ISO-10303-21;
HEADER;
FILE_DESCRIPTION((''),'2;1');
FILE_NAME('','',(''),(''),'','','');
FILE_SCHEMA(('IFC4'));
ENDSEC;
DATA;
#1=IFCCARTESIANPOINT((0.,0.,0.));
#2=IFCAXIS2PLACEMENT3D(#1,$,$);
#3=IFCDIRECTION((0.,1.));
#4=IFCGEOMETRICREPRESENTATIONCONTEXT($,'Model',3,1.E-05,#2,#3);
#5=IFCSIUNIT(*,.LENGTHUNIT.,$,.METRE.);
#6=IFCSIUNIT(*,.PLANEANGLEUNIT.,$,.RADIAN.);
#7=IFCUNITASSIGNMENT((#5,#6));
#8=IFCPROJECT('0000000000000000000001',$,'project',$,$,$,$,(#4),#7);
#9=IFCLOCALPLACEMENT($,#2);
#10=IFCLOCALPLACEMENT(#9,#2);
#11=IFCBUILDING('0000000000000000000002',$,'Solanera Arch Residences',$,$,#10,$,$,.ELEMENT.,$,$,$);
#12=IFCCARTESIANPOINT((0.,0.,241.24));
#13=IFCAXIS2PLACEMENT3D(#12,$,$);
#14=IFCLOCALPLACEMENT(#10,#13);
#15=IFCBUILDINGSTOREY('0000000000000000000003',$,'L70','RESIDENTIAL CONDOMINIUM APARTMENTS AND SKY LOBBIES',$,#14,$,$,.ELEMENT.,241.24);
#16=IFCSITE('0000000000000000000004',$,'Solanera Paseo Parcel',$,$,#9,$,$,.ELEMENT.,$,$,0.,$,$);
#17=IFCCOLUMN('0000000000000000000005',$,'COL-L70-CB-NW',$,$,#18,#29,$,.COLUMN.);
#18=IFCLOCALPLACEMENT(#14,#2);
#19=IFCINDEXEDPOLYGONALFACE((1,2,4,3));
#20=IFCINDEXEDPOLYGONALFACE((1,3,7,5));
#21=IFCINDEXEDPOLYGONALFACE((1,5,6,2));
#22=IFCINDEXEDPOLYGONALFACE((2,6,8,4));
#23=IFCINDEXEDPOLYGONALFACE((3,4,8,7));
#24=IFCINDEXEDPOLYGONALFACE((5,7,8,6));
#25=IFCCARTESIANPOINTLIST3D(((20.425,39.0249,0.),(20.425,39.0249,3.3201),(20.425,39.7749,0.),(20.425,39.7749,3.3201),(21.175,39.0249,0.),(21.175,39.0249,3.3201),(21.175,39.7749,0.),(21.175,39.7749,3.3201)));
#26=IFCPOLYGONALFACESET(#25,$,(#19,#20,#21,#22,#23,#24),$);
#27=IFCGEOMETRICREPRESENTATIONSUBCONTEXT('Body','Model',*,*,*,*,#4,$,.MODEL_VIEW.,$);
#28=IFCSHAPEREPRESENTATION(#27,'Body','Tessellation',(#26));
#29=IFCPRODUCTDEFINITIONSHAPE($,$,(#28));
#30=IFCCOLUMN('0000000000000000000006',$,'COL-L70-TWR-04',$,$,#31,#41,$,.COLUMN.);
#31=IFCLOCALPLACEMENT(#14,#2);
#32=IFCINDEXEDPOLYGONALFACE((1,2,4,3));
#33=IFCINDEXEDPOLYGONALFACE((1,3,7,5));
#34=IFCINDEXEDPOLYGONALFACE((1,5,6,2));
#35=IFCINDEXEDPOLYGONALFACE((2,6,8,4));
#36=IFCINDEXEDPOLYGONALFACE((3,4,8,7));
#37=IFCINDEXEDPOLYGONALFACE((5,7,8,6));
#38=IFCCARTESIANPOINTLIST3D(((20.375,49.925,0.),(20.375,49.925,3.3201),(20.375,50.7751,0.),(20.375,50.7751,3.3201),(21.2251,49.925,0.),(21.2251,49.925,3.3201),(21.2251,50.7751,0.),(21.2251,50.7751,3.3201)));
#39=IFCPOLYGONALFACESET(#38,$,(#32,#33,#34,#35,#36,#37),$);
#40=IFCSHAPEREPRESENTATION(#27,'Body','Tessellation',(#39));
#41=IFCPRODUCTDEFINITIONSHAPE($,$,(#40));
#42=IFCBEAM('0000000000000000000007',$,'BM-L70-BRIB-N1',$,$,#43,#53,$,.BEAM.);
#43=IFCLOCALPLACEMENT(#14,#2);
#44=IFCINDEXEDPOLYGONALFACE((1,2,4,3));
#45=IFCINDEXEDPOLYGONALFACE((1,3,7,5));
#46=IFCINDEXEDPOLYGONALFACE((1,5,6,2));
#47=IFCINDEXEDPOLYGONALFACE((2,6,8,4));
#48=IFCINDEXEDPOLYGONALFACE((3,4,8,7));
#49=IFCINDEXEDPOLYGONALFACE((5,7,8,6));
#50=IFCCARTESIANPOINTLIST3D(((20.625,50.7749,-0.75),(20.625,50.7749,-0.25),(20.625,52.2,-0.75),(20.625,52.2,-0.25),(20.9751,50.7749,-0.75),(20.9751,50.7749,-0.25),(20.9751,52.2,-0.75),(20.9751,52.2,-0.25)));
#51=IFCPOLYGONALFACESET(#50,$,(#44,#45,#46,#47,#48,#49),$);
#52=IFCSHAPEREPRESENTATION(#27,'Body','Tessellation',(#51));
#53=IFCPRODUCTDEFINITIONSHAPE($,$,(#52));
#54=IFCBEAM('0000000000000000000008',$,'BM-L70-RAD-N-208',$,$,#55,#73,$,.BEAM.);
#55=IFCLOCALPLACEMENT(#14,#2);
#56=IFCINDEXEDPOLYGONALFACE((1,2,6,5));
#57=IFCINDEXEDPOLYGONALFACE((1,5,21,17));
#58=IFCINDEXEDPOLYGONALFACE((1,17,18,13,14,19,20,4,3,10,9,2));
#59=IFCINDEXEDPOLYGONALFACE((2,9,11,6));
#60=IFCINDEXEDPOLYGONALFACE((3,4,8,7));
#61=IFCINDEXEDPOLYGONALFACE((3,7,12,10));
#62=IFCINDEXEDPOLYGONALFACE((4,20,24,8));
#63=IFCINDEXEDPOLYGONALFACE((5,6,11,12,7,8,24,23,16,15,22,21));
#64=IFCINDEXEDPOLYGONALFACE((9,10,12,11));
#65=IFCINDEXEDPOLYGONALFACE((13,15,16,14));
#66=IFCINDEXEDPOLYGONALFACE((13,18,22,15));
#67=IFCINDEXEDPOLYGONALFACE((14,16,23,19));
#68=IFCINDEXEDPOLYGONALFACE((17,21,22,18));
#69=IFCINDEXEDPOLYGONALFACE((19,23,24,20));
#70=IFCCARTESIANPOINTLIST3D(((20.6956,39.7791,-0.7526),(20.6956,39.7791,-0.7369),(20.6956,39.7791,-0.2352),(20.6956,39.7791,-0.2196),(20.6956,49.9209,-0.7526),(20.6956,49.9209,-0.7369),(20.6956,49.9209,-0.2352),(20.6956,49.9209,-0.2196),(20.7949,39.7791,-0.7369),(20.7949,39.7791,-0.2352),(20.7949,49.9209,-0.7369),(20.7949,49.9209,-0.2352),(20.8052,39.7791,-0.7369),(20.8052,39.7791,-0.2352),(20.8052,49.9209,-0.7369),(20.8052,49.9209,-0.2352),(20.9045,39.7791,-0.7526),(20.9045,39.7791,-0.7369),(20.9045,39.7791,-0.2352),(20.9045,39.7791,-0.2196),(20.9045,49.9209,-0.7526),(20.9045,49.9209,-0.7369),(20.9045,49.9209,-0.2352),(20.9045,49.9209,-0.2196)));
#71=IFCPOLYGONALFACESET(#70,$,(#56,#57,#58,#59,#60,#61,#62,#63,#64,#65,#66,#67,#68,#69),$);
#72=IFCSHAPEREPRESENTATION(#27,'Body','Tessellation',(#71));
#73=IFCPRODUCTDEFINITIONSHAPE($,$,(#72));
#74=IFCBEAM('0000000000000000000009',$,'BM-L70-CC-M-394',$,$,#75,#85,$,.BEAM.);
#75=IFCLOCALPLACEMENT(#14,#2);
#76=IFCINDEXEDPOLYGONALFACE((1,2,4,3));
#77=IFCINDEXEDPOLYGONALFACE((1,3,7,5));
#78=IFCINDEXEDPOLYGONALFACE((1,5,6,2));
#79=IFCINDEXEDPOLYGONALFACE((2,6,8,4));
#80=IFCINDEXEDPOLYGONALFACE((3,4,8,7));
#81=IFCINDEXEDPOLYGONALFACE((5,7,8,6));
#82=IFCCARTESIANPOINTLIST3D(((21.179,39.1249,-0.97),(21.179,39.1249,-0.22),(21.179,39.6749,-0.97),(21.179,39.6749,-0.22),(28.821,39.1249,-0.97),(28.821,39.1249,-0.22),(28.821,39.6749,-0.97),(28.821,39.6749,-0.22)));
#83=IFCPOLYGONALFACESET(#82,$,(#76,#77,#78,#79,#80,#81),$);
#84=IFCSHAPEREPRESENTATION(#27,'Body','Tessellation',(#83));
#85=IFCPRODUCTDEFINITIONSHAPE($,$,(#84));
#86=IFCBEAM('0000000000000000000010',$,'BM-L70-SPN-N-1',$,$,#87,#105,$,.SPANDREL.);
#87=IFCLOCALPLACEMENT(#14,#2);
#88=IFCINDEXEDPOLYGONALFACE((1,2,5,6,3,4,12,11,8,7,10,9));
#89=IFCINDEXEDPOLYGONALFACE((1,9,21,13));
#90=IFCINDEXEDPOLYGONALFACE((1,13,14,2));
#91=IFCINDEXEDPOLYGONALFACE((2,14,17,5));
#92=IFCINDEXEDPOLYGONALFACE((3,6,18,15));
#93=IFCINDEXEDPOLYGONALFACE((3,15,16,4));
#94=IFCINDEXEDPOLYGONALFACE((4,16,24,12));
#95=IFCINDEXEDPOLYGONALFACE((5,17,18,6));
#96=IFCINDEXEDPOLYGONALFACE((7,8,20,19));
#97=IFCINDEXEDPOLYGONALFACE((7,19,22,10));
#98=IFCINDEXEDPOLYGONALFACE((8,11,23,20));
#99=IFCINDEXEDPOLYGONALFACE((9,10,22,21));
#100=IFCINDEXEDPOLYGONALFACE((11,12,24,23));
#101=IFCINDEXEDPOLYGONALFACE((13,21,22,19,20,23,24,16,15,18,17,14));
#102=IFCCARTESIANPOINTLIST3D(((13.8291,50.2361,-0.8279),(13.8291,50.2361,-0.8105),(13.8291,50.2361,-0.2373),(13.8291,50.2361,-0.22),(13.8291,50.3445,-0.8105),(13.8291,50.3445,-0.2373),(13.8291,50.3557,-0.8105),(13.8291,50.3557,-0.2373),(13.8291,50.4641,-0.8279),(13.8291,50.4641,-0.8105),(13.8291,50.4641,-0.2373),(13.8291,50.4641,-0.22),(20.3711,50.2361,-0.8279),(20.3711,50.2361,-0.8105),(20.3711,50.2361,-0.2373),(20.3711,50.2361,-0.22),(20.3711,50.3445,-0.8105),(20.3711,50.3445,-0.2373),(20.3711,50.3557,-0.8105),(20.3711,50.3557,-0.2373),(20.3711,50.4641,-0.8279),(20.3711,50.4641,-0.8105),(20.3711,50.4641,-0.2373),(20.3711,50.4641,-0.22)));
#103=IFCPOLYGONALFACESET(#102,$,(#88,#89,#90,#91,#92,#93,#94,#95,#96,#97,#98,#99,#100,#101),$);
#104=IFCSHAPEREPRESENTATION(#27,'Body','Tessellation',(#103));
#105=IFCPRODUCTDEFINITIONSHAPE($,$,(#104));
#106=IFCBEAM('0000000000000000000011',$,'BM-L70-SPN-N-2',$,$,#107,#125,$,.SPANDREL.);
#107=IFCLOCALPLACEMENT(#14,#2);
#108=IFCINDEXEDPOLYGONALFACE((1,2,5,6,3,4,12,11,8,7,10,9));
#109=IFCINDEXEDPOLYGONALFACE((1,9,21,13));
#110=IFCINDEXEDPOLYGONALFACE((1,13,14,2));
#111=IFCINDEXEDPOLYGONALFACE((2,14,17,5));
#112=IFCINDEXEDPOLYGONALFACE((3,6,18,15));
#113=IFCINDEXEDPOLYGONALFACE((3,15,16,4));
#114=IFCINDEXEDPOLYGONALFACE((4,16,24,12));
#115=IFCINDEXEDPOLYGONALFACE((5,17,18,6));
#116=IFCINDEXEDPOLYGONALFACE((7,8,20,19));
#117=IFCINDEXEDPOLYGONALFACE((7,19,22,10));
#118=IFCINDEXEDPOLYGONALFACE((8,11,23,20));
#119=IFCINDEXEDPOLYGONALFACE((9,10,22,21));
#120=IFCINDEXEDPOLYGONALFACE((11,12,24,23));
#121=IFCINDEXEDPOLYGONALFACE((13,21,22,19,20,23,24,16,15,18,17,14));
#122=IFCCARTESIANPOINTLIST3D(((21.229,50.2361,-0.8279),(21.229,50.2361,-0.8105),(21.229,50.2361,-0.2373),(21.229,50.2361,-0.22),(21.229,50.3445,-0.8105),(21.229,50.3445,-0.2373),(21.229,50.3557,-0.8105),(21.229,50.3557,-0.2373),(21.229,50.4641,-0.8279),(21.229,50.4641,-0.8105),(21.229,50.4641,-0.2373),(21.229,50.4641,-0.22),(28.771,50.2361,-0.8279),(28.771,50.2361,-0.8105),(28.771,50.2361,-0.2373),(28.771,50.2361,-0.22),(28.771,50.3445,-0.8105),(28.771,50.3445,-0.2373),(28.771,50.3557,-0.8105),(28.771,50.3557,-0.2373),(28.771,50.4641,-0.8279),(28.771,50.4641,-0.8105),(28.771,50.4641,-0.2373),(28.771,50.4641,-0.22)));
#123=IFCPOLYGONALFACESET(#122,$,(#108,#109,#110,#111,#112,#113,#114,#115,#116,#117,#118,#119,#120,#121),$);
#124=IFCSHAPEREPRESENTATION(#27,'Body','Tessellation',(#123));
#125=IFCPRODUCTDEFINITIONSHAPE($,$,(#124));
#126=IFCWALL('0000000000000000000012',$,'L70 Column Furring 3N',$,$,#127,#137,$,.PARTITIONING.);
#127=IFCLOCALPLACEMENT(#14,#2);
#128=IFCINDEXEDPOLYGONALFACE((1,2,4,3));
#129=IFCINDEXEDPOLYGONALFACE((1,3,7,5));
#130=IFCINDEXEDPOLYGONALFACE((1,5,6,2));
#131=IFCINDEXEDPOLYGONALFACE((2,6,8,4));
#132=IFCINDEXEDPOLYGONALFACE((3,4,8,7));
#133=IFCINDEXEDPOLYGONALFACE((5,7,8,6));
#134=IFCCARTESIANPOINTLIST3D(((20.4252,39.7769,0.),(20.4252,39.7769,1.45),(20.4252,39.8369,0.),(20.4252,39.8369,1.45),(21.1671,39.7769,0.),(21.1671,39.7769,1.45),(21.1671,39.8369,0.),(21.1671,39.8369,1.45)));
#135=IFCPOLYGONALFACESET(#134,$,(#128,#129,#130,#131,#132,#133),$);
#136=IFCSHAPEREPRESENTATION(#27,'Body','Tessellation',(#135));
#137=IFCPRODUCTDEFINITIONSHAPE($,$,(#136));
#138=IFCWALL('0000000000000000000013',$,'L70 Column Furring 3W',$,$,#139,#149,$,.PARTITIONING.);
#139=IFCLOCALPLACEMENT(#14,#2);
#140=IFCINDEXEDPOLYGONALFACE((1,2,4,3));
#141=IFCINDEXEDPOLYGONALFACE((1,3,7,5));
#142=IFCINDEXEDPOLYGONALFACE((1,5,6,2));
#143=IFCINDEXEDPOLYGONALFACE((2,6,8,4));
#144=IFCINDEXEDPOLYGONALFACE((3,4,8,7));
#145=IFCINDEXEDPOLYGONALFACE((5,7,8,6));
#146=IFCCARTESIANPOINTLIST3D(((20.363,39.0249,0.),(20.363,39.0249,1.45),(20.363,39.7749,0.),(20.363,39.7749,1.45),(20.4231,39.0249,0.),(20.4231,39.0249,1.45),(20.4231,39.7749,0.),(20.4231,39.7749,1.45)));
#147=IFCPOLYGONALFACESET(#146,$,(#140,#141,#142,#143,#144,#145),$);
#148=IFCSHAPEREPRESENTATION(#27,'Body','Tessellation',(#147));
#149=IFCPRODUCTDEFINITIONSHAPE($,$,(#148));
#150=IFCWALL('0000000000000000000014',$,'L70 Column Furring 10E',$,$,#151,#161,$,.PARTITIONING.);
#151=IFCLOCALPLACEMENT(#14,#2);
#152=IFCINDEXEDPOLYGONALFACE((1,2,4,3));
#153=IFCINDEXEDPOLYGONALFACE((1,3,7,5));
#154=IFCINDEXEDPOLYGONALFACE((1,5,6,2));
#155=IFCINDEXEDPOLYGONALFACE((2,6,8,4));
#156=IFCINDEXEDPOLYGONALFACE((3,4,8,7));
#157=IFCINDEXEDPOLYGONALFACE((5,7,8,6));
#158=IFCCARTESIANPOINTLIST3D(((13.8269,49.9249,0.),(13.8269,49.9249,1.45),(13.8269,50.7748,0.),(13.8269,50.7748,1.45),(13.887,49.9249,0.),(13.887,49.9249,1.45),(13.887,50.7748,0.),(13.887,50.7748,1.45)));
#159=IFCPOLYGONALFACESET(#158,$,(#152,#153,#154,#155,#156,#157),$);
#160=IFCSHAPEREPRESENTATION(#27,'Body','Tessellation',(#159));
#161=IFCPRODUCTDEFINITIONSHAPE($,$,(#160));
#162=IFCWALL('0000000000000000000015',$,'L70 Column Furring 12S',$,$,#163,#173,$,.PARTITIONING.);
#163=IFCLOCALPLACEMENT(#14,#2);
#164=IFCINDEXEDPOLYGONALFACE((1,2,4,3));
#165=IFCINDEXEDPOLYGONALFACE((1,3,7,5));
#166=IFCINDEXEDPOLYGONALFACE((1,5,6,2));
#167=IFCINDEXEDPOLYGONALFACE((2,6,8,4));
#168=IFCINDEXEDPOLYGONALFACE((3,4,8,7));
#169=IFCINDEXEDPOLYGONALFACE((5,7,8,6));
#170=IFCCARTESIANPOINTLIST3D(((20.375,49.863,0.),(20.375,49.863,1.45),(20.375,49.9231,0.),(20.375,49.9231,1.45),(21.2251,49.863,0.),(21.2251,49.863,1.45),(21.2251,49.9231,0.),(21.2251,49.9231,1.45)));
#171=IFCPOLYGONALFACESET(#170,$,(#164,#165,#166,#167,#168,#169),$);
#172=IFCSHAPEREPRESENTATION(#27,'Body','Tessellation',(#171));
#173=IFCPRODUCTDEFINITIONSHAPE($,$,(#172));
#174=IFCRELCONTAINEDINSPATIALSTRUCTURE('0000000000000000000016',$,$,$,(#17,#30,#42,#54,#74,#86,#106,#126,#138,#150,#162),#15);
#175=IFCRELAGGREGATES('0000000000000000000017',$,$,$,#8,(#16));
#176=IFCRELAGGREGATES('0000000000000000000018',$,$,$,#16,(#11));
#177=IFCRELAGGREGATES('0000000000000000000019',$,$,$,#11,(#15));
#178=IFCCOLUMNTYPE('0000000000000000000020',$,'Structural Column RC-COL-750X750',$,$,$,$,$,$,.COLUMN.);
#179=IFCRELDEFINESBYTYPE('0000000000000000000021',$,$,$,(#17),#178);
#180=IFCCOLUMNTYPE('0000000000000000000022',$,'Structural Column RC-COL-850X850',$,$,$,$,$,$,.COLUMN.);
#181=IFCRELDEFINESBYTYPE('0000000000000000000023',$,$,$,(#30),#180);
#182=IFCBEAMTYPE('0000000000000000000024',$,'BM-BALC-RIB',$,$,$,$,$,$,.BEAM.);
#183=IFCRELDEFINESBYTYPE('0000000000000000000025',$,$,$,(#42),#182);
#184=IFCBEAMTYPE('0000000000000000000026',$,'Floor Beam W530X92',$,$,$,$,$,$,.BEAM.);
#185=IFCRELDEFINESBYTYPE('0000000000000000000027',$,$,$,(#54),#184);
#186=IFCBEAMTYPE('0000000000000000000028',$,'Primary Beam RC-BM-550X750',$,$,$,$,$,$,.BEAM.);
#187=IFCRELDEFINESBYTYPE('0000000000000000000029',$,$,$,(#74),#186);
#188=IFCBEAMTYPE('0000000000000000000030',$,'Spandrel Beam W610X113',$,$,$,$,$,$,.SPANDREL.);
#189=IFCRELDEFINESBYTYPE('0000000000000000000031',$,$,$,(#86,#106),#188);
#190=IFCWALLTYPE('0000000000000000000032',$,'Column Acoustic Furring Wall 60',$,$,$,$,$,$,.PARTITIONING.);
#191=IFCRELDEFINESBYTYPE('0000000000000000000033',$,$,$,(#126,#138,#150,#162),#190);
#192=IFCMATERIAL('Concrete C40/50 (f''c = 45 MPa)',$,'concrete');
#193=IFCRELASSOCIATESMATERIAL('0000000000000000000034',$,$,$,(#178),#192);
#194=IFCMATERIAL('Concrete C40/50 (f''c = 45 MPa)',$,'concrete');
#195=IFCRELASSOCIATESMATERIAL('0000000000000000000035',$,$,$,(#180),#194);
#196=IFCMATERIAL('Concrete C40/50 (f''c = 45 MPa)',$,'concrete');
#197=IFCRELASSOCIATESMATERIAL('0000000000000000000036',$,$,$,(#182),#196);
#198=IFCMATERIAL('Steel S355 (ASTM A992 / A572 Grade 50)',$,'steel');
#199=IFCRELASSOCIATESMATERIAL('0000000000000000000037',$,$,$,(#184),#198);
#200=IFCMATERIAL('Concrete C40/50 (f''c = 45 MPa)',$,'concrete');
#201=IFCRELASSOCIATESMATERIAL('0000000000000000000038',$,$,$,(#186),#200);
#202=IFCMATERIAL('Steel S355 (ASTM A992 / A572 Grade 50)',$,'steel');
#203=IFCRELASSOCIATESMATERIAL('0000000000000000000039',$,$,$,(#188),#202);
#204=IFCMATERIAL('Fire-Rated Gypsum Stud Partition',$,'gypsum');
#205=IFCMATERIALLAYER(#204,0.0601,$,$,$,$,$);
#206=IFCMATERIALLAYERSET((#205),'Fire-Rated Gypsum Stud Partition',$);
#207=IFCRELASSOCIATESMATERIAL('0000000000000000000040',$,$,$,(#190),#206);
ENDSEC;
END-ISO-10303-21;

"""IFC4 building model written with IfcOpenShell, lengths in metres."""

from ifc_helpers import new_model, si_unit, direction, frame, frame_2d, origin, origin_2d, place, context, subcontext, project, spatial, rectangle, i_section, extrude, material, layer, layer_set, material_profile, profile_set, type_object, element, save


model = new_model("IFC4")

# Units and contexts
model_context = context("Model", 3, precision=1e-05, world=origin(), true_north=direction((0.0, 1.0)))
body_context = subcontext(model_context, "Body", "Model", "MODEL_VIEW")
ifc_project = project(units=[si_unit("LENGTHUNIT", "METRE"), si_unit("PLANEANGLEUNIT", "RADIAN")], contexts=[model_context])

# Site, building, storey
site_placement = place(None, origin())
site = spatial("IfcSite", under=ifc_project, at=site_placement, Name="Solanera Paseo Parcel", CompositionType="ELEMENT", RefElevation=0.0)
building_placement = place(site_placement, origin())
building = spatial("IfcBuilding", under=site, at=building_placement, Name="Solanera Arch Residences", CompositionType="ELEMENT")
storey_placement = place(building_placement, frame((0.0, 0.0, 241.24)))
storey = spatial("IfcBuildingStorey", under=building, at=storey_placement, Name="L70", Description="RESIDENTIAL CONDOMINIUM APARTMENTS AND SKY LOBBIES", CompositionType="ELEMENT", Elevation=241.24)

# Columns
ifc_material_1 = material(Name="Concrete C40/50 (f'c = 45 MPa)", Category="concrete")
ifc_material_profile_1 = material_profile(ifc_material_1, rectangle(XDim=0.75, YDim=0.75, at=origin_2d()))
ifc_profile_set_1 = profile_set([ifc_material_profile_1], Name="Concrete C40/50 (f'c = 45 MPa)")
column_type_1 = type_object("IfcColumnType", Name="Structural Column RC-COL-750X750", PredefinedType="COLUMN", material=ifc_profile_set_1)
column_1_placement = place(storey_placement, frame((20.8, 39.3999, 0.0), z_axis=(0.0, 0.0, 1.0), x_axis=(1.0, 0.0, 0.0)))
element("IfcColumn", 1, at=column_1_placement, inside=storey, type_object=column_type_1, Name="COL-L70-CB-NW", PredefinedType="COLUMN", context=body_context, shape_type="SweptSolid", body=[
    extrude(rectangle(XDim=0.75, YDim=0.75, at=origin_2d()), origin(), (0.0, 0.0, 1.0), 3.3201),
])
ifc_material_2 = material(Name="Concrete C40/50 (f'c = 45 MPa)", Category="concrete")
ifc_material_profile_2 = material_profile(ifc_material_2, rectangle(XDim=0.8501, YDim=0.8501, at=origin_2d()))
ifc_profile_set_2 = profile_set([ifc_material_profile_2], Name="Concrete C40/50 (f'c = 45 MPa)")
column_type_2 = type_object("IfcColumnType", Name="Structural Column RC-COL-850X850", PredefinedType="COLUMN", material=ifc_profile_set_2)
column_2_placement = place(storey_placement, frame((20.8, 50.3501, 0.0), z_axis=(0.0, 0.0, 1.0), x_axis=(1.0, 0.0, 0.0)))
element("IfcColumn", 2, at=column_2_placement, inside=storey, type_object=column_type_2, Name="COL-L70-TWR-04", PredefinedType="COLUMN", context=body_context, shape_type="SweptSolid", body=[
    extrude(rectangle(XDim=0.8501, YDim=0.8501, at=origin_2d()), origin(), (0.0, 0.0, 1.0), 3.3201),
])

# Beams
ifc_material_3 = material(Name="Concrete C40/50 (f'c = 45 MPa)", Category="concrete")
ifc_material_profile_3 = material_profile(ifc_material_3, rectangle(XDim=0.3501, YDim=0.5, at=origin_2d()))
ifc_profile_set_3 = profile_set([ifc_material_profile_3], Name="Concrete C40/50 (f'c = 45 MPa)")
beam_type_1 = type_object("IfcBeamType", Name="BM-BALC-RIB", PredefinedType="BEAM", material=ifc_profile_set_3)
beam_1_placement = place(storey_placement, frame((20.8, 50.7749, -0.5), z_axis=(0.0, 1.0, 0.0), x_axis=(-1.0, 0.0, 0.0)))
element("IfcBeam", 3, at=beam_1_placement, inside=storey, type_object=beam_type_1, Name="BM-L70-BRIB-N1", PredefinedType="BEAM", context=body_context, shape_type="SweptSolid", body=[
    extrude(rectangle(XDim=0.3501, YDim=0.5, at=origin_2d()), origin(), (0.0, 0.0, 1.0), 1.425),
])
ifc_material_4 = material(Name="Steel S355 (ASTM A992 / A572 Grade 50)", Category="steel")
ifc_material_profile_4 = material_profile(ifc_material_4, i_section(OverallWidth=0.209, OverallDepth=0.533, WebThickness=0.0103, FlangeThickness=0.0156, at=origin_2d()))
ifc_profile_set_4 = profile_set([ifc_material_profile_4], Name="Steel S355 (ASTM A992 / A572 Grade 50)")
beam_type_2 = type_object("IfcBeamType", Name="Floor Beam W530X92", PredefinedType="BEAM", material=ifc_profile_set_4)
beam_2_placement = place(storey_placement, frame((20.8, 39.7791, -0.4861), z_axis=(0.0, 1.0, 0.0), x_axis=(-1.0, 0.0, 0.0)))
element("IfcBeam", 4, at=beam_2_placement, inside=storey, type_object=beam_type_2, Name="BM-L70-RAD-N-208", PredefinedType="BEAM", context=body_context, shape_type="SweptSolid", body=[
    extrude(i_section(OverallWidth=0.209, OverallDepth=0.533, WebThickness=0.0103, FlangeThickness=0.0156, at=origin_2d()), origin(), (0.0, 0.0, 1.0), 10.1418),
])
ifc_material_5 = material(Name="Concrete C40/50 (f'c = 45 MPa)", Category="concrete")
ifc_material_profile_5 = material_profile(ifc_material_5, rectangle(XDim=0.55, YDim=0.75, at=origin_2d()))
ifc_profile_set_5 = profile_set([ifc_material_profile_5], Name="Concrete C40/50 (f'c = 45 MPa)")
beam_type_3 = type_object("IfcBeamType", Name="Primary Beam RC-BM-550X750", PredefinedType="BEAM", material=ifc_profile_set_5)
beam_3_placement = place(storey_placement, frame((21.179, 39.3999, -0.595), z_axis=(1.0, 0.0, 0.0), x_axis=(0.0, 1.0, 0.0)))
element("IfcBeam", 5, at=beam_3_placement, inside=storey, type_object=beam_type_3, Name="BM-L70-CC-M-394", PredefinedType="BEAM", context=body_context, shape_type="SweptSolid", body=[
    extrude(rectangle(XDim=0.55, YDim=0.75, at=origin_2d()), origin(), (0.0, 0.0, 1.0), 7.6421),
])
ifc_material_6 = material(Name="Steel S355 (ASTM A992 / A572 Grade 50)", Category="steel")
ifc_material_profile_6 = material_profile(ifc_material_6, i_section(OverallWidth=0.228, OverallDepth=0.6079, WebThickness=0.0112, FlangeThickness=0.0173, at=origin_2d()))
ifc_profile_set_6 = profile_set([ifc_material_profile_6], Name="Steel S355 (ASTM A992 / A572 Grade 50)")
beam_type_4 = type_object("IfcBeamType", Name="Spandrel Beam W610X113", PredefinedType="SPANDREL", material=ifc_profile_set_6)
beam_4_placement = place(storey_placement, frame((13.8291, 50.3501, -0.5239), z_axis=(1.0, 0.0, 0.0), x_axis=(0.0, 1.0, 0.0)))
element("IfcBeam", 6, at=beam_4_placement, inside=storey, type_object=beam_type_4, Name="BM-L70-SPN-N-1", PredefinedType="SPANDREL", context=body_context, shape_type="SweptSolid", body=[
    extrude(i_section(OverallWidth=0.228, OverallDepth=0.6079, WebThickness=0.0112, FlangeThickness=0.0173, at=origin_2d()), origin(), (0.0, 0.0, 1.0), 6.542),
])
beam_5_placement = place(storey_placement, frame((21.229, 50.3501, -0.5239), z_axis=(1.0, 0.0, 0.0), x_axis=(0.0, 1.0, 0.0)))
element("IfcBeam", 7, at=beam_5_placement, inside=storey, type_object=beam_type_4, Name="BM-L70-SPN-N-2", PredefinedType="SPANDREL", context=body_context, shape_type="SweptSolid", body=[
    extrude(i_section(OverallWidth=0.228, OverallDepth=0.6079, WebThickness=0.0112, FlangeThickness=0.0173, at=origin_2d()), origin(), (0.0, 0.0, 1.0), 7.542),
])

# Walls
ifc_material_7 = material(Name="Fire-Rated Gypsum Stud Partition", Category="gypsum")
ifc_layer_1 = layer(ifc_material_7, 0.0601)
ifc_layer_set_1 = layer_set([ifc_layer_1], Name="Fire-Rated Gypsum Stud Partition")
wall_type_1 = type_object("IfcWallType", Name="Column Acoustic Furring Wall 60", PredefinedType="PARTITIONING", material=ifc_layer_set_1)
wall_1_placement = place(storey_placement, frame((20.425, 39.8069, 0.0), z_axis=(0.0, 0.0, 1.0), x_axis=(1.0, 0.0, 0.0)))
element("IfcWall", 8, at=wall_1_placement, inside=storey, type_object=wall_type_1, Name="L70 Column Furring 3N", PredefinedType="PARTITIONING", context=body_context, shape_type="SweptSolid", body=[
    extrude(rectangle(XDim=0.7419, YDim=0.0601, at=frame_2d((0.3711, 0.0))), origin(), (0.0, 0.0, 1.0), 1.45),
])
wall_2_placement = place(storey_placement, frame((20.3931, 39.0249, 0.0), z_axis=(0.0, 0.0, 1.0), x_axis=(0.0, 1.0, 0.0)))
element("IfcWall", 9, at=wall_2_placement, inside=storey, type_object=wall_type_1, Name="L70 Column Furring 3W", PredefinedType="PARTITIONING", context=body_context, shape_type="SweptSolid", body=[
    extrude(rectangle(XDim=0.75, YDim=0.0601, at=frame_2d((0.375, 0.0))), origin(), (0.0, 0.0, 1.0), 1.45),
])
wall_3_placement = place(storey_placement, frame((13.8569, 49.925, 0.0), z_axis=(0.0, 0.0, 1.0), x_axis=(0.0, 1.0, 0.0)))
element("IfcWall", 10, at=wall_3_placement, inside=storey, type_object=wall_type_1, Name="L70 Column Furring 10E", PredefinedType="PARTITIONING", context=body_context, shape_type="SweptSolid", body=[
    extrude(rectangle(XDim=0.8499, YDim=0.0601, at=frame_2d((0.4248, 0.0))), origin(), (0.0, 0.0, 1.0), 1.45),
])
for number, where, z_axis, x_axis, name in (
    (11, (20.375, 49.8931, 0.0), (0.0, 0.0, 1.0), (1.0, 0.0, 0.0), "L70 Column Furring 12S"),
):
    element("IfcWall", number, at=place(storey_placement, frame(where, z_axis=z_axis, x_axis=x_axis)), inside=storey, type_object=wall_type_1, Name=name, PredefinedType="PARTITIONING", context=body_context, shape_type="SweptSolid", body=[
        extrude(rectangle(XDim=0.8501, YDim=0.0601, at=frame_2d((0.425, 0.0))), origin(), (0.0, 0.0, 1.0), 1.45),
    ])

save(model, "model.ifc")
